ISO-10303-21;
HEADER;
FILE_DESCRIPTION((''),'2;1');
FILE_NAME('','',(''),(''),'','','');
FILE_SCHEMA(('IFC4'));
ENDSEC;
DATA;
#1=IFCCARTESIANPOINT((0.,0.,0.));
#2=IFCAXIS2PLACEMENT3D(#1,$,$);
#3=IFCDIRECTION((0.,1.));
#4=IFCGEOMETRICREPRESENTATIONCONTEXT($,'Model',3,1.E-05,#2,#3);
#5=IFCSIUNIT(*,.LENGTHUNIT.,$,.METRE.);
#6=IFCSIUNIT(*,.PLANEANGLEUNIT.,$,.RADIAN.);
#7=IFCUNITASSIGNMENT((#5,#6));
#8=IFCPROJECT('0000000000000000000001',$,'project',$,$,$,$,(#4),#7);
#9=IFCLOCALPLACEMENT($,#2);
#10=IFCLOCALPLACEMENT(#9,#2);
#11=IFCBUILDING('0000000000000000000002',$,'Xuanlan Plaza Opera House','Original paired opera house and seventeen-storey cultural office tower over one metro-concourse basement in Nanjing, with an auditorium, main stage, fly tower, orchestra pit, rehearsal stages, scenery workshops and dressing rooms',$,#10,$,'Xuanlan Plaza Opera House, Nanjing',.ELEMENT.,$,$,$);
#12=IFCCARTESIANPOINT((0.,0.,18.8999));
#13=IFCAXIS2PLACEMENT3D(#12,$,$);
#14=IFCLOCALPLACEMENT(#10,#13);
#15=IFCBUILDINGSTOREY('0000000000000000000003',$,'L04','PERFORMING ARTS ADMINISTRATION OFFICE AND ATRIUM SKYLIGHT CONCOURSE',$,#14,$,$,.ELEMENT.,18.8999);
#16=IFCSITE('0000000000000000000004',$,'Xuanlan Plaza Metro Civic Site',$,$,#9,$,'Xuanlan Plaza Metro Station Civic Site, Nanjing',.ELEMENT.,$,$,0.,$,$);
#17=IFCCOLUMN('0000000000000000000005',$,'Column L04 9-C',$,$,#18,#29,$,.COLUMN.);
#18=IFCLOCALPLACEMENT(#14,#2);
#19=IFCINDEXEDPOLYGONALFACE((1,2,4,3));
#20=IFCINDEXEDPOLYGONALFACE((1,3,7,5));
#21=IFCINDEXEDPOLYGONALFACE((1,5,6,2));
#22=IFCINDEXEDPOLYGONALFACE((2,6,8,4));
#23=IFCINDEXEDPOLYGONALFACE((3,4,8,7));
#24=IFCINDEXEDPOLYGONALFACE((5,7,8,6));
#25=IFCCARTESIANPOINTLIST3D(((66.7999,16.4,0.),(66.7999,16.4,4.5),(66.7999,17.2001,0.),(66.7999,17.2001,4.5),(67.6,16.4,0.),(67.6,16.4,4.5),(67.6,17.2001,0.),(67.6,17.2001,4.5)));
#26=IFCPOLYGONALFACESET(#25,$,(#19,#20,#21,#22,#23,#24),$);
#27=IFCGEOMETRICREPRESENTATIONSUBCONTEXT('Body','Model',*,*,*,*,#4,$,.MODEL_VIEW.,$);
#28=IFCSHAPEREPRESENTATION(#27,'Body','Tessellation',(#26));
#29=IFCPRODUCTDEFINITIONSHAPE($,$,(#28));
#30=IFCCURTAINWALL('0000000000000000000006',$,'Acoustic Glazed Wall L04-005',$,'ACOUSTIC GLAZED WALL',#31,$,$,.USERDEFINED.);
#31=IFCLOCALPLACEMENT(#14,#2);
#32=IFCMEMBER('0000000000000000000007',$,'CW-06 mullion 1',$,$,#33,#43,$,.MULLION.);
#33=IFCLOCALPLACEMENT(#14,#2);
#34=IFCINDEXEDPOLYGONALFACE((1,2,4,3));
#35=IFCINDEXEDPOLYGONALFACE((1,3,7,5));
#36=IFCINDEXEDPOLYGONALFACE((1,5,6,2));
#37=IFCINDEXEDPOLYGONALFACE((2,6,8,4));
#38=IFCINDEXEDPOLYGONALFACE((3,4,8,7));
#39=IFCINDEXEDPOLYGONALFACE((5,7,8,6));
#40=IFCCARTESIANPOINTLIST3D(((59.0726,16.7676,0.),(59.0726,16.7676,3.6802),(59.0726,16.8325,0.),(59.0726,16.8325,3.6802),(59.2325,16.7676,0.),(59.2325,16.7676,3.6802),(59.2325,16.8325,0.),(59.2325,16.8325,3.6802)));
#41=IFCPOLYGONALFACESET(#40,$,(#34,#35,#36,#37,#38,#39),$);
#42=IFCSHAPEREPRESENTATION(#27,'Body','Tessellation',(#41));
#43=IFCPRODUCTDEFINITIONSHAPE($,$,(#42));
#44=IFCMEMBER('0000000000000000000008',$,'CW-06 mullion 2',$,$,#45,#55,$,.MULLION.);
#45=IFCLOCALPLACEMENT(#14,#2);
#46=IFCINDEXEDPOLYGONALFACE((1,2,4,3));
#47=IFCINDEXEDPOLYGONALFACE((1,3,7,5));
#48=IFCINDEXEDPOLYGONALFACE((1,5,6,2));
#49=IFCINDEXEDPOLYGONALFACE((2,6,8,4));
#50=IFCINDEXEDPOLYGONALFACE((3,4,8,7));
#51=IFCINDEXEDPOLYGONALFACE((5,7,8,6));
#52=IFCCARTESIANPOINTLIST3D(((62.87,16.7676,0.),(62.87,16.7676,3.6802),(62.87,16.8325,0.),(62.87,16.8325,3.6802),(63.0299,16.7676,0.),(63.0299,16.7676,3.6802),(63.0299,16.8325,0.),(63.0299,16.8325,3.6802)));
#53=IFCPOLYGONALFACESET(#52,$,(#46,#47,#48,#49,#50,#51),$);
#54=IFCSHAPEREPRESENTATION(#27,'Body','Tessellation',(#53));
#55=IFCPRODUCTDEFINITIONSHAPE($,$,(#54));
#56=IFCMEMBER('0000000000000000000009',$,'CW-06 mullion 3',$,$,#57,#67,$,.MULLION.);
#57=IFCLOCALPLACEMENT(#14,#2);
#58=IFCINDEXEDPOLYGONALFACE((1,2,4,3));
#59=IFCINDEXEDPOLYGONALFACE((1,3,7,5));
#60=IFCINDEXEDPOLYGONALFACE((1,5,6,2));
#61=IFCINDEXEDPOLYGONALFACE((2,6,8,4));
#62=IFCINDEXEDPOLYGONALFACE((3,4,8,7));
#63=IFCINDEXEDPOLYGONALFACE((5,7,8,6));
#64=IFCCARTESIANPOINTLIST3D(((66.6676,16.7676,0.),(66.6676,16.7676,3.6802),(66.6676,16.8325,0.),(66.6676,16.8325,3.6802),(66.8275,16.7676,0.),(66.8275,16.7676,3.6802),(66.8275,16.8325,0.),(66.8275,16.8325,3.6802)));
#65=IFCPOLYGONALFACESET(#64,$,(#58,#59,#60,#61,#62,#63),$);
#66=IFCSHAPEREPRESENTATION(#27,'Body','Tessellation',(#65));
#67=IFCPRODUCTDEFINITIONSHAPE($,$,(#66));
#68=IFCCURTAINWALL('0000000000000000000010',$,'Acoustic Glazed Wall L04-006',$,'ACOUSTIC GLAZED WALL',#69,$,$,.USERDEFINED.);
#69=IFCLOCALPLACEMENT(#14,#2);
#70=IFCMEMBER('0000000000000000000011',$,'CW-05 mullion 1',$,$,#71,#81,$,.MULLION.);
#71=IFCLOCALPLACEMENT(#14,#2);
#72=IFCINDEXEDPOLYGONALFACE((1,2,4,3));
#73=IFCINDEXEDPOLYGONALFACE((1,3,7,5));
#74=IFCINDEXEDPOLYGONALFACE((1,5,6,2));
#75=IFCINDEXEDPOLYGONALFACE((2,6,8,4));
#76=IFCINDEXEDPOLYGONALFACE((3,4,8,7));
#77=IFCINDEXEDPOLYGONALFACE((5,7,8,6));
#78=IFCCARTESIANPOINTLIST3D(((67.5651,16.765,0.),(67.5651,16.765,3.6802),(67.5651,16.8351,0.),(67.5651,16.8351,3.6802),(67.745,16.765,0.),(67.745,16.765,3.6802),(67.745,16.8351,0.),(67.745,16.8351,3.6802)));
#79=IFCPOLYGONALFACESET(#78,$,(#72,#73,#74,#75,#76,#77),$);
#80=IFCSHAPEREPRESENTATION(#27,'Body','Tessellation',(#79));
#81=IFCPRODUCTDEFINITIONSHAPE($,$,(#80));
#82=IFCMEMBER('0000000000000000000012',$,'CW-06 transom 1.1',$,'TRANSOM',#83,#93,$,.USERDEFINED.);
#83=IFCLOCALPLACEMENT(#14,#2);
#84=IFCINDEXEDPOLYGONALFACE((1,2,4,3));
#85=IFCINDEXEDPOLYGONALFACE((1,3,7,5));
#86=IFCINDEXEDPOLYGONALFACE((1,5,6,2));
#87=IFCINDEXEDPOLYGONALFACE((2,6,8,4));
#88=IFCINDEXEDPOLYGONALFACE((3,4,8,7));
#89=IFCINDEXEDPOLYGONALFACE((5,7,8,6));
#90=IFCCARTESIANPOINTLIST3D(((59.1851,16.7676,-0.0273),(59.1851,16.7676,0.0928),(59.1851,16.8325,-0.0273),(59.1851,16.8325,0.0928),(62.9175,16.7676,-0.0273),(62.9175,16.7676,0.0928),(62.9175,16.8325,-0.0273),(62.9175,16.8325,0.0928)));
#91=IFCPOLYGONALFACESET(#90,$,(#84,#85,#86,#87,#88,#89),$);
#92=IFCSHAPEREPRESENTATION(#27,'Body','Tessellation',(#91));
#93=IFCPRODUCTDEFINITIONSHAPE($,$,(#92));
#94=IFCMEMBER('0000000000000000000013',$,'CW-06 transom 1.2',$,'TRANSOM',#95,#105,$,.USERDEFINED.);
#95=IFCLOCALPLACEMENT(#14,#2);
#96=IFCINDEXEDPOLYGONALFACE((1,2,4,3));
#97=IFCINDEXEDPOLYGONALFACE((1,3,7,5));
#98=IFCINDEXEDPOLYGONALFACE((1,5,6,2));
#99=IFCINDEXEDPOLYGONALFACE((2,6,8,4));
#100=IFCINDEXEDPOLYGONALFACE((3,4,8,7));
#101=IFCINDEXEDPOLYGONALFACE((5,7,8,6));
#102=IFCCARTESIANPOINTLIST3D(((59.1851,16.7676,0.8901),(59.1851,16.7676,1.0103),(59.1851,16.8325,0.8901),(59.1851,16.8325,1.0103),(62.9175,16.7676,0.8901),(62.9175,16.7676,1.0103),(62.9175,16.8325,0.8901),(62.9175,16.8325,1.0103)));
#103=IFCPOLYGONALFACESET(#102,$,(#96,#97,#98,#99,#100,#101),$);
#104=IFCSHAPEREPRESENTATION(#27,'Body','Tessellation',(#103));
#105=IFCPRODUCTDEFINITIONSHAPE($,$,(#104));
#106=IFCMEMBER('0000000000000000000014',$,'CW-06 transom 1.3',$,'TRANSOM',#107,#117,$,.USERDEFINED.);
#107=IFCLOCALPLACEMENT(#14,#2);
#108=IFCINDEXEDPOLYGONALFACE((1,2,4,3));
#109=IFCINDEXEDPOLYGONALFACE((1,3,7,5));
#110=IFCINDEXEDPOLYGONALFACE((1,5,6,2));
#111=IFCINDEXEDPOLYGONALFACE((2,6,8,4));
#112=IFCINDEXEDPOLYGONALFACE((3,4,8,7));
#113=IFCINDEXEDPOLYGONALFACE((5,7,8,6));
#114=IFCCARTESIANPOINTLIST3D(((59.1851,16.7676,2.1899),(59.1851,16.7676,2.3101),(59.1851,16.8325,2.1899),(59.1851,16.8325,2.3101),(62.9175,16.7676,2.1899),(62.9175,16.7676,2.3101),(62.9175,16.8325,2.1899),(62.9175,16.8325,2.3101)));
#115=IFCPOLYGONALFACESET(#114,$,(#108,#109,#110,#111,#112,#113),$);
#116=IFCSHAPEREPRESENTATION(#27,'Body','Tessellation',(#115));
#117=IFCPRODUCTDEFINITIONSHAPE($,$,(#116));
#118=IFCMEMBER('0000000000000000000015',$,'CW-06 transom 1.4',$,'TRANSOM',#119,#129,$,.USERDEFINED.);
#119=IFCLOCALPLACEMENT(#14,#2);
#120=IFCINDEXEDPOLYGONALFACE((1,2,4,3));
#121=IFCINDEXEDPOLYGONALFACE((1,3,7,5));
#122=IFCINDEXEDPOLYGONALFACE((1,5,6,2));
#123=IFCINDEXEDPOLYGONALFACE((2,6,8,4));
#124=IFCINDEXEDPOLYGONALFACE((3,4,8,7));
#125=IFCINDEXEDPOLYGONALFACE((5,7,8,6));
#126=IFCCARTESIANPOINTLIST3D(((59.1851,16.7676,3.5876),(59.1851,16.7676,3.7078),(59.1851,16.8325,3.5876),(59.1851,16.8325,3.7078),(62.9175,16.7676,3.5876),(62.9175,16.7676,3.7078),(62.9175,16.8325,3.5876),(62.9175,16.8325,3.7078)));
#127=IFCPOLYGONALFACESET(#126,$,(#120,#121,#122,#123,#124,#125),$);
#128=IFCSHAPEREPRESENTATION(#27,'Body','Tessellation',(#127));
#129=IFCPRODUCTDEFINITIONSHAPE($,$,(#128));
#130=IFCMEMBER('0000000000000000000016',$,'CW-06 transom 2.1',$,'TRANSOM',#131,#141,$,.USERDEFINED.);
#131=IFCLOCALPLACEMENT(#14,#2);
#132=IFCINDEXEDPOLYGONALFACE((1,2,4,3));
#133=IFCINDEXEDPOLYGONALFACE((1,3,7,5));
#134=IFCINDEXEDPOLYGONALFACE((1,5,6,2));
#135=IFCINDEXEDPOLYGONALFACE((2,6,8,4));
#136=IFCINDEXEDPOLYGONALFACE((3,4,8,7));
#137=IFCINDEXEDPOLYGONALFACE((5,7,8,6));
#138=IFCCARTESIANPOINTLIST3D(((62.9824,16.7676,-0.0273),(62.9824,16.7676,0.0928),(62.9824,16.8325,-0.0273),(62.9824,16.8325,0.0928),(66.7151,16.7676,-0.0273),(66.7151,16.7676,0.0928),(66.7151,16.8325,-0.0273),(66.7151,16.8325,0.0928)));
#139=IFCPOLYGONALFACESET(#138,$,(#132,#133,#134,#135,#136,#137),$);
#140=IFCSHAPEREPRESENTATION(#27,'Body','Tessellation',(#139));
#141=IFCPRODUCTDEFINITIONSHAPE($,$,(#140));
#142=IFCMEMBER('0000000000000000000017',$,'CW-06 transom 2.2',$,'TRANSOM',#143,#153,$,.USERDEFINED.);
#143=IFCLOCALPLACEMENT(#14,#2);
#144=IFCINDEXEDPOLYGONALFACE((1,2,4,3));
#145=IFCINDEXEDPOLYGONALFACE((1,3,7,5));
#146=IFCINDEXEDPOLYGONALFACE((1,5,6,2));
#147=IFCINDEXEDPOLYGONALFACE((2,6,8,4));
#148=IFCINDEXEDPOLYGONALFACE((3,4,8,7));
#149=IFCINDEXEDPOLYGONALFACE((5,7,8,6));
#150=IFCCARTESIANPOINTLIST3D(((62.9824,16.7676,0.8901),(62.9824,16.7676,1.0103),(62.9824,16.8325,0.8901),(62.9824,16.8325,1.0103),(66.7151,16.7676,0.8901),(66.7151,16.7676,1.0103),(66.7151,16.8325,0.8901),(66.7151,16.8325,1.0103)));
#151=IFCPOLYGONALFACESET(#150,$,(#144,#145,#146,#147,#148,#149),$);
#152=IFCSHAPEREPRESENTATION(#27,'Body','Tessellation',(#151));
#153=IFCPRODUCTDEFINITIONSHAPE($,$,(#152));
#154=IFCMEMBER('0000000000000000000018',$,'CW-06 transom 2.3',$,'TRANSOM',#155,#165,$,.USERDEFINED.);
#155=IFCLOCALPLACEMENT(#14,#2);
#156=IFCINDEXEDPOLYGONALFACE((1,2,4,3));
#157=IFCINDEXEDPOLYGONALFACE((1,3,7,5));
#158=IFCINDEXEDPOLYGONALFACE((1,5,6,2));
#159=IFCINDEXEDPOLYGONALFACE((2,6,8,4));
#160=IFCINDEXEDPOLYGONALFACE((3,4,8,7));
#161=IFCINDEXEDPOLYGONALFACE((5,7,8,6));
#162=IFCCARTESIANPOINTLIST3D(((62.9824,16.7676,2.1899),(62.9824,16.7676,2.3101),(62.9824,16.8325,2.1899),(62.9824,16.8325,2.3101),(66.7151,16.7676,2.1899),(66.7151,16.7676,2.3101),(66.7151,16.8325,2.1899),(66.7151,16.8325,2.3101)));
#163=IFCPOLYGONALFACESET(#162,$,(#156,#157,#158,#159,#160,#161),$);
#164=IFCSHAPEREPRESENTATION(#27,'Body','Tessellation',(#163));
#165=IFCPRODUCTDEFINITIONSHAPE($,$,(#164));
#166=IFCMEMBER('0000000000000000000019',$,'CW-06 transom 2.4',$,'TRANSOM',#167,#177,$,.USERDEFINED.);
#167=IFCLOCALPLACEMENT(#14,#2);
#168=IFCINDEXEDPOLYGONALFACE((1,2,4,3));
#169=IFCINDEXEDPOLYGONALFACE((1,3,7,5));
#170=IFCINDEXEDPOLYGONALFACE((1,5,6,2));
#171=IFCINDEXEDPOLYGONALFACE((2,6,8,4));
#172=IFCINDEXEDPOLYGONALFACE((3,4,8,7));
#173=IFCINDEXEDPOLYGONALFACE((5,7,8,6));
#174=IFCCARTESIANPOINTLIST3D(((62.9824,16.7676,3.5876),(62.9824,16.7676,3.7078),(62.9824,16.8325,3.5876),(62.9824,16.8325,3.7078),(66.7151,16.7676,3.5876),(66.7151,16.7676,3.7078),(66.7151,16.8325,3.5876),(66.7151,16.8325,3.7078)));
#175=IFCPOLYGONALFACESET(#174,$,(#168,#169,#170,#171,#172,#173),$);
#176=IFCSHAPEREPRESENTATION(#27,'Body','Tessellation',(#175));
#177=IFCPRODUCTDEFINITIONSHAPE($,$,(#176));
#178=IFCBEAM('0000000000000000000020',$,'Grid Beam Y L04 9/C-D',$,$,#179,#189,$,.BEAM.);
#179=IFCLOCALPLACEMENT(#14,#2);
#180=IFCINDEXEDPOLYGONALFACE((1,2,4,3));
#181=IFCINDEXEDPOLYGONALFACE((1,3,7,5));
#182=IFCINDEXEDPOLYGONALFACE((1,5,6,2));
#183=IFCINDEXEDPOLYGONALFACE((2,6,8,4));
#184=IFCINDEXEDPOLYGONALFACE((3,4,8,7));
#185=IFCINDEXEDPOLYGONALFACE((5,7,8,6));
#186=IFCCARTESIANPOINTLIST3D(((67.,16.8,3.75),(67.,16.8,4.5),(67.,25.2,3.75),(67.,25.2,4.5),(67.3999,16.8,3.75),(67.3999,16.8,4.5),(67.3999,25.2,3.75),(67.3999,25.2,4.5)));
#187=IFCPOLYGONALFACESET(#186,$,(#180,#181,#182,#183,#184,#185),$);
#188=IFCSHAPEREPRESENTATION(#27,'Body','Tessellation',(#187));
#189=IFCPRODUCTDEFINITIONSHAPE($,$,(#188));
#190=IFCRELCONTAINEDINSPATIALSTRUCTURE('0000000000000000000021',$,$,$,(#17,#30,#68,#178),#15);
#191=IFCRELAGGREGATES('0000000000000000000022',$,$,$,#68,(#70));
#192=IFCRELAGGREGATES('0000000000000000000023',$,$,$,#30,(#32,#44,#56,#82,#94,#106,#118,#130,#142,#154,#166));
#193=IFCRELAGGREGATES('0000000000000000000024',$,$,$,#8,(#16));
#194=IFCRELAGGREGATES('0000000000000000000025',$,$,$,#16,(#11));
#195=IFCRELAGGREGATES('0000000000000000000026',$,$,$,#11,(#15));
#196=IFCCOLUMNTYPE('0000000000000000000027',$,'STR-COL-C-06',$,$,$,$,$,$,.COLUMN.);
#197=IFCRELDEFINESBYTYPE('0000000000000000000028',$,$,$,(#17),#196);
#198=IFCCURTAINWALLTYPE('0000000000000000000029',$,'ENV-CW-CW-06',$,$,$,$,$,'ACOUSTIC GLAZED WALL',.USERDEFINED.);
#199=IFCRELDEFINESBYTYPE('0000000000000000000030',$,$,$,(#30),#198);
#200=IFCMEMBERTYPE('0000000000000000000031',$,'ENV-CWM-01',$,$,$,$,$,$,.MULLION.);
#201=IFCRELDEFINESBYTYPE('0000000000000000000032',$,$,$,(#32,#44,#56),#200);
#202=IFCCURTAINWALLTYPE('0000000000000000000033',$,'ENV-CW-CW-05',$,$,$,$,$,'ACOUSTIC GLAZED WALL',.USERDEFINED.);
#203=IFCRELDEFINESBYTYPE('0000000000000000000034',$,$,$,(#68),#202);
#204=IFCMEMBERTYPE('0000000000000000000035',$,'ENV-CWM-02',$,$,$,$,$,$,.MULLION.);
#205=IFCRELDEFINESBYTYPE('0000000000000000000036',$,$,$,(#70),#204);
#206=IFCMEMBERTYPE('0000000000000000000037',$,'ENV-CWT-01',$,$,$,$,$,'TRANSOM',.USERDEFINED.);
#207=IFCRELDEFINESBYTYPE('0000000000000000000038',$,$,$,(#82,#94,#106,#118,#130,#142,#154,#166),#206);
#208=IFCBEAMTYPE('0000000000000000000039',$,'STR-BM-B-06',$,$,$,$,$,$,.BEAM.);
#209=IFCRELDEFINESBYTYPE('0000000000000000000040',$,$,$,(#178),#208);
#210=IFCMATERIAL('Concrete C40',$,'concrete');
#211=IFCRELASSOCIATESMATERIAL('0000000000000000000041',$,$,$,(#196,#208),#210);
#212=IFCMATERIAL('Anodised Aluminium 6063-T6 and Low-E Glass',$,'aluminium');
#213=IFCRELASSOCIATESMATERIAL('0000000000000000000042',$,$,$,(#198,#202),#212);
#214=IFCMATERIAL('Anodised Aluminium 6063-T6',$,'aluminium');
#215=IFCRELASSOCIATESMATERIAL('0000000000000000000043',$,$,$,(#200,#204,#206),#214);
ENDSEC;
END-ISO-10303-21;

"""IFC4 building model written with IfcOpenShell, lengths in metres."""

from ifc_helpers import new_model, si_unit, direction, frame, origin, origin_2d, place, context, subcontext, project, spatial, rectangle, extrude, material, material_profile, profile_set, type_object, element, aggregate, save


model = new_model("IFC4")

# Units and contexts
model_context = context("Model", 3, precision=1e-05, world=origin(), true_north=direction((0.0, 1.0)))
body_context = subcontext(model_context, "Body", "Model", "MODEL_VIEW")
ifc_project = project(units=[si_unit("LENGTHUNIT", "METRE"), si_unit("PLANEANGLEUNIT", "RADIAN")], contexts=[model_context])

# Site, building, storey
site_placement = place(None, origin())
site = spatial("IfcSite", under=ifc_project, at=site_placement, Name="Xuanlan Plaza Metro Civic Site", LongName="Xuanlan Plaza Metro Station Civic Site, Nanjing", CompositionType="ELEMENT", RefElevation=0.0)
building_placement = place(site_placement, origin())
building = spatial("IfcBuilding", under=site, at=building_placement, Name="Xuanlan Plaza Opera House", Description="Original paired opera house and seventeen-storey cultural office tower over one metro-concourse basement in Nanjing, with an auditorium, main stage, fly tower, orchestra pit, rehearsal stages, scenery workshops and dressing rooms", LongName="Xuanlan Plaza Opera House, Nanjing", CompositionType="ELEMENT")
storey_placement = place(building_placement, frame((0.0, 0.0, 18.8999)))
storey = spatial("IfcBuildingStorey", under=building, at=storey_placement, Name="L04", Description="PERFORMING ARTS ADMINISTRATION OFFICE AND ATRIUM SKYLIGHT CONCOURSE", CompositionType="ELEMENT", Elevation=18.8999)

# Column
ifc_material_1 = material(Name="Concrete C40", Category="concrete")
ifc_material_profile_1 = material_profile(ifc_material_1, rectangle(XDim=0.8, YDim=0.8, at=origin_2d()), Name="RC-COL 800x800")
ifc_profile_set_1 = profile_set([ifc_material_profile_1], Name="Concrete C40")
column_type = type_object("IfcColumnType", Name="STR-COL-C-06", PredefinedType="COLUMN", material=ifc_profile_set_1)
column_placement = place(storey_placement, frame((67.2, 16.8, 0.0), z_axis=(0.0, 0.0, 1.0), x_axis=(1.0, 0.0, 0.0)))
element("IfcColumn", 1, at=column_placement, inside=storey, type_object=column_type, Name="Column L04 9-C", PredefinedType="COLUMN", context=body_context, shape_type="SweptSolid", body=[
    extrude(rectangle(XDim=0.8, YDim=0.8, at=origin_2d()), origin(), (0.0, 0.0, 1.0), 4.5),
])

# Curtain wall, members
ifc_material_2 = material(Name="Anodised Aluminium 6063-T6 and Low-E Glass", Category="aluminium")
curtain_wall_type_1 = type_object("IfcCurtainWallType", Name="ENV-CW-CW-06", ElementType="ACOUSTIC GLAZED WALL", PredefinedType="USERDEFINED", material=ifc_material_2)
curtain_wall_1_placement = place(storey_placement, origin())
curtain_wall_1 = element("IfcCurtainWall", 2, at=curtain_wall_1_placement, inside=storey, type_object=curtain_wall_type_1, Name="Acoustic Glazed Wall L04-005", ObjectType="ACOUSTIC GLAZED WALL", PredefinedType="USERDEFINED")
ifc_material_3 = material(Name="Anodised Aluminium 6063-T6", Category="aluminium")
ifc_material_profile_2 = material_profile(ifc_material_3, rectangle(XDim=0.0649, YDim=0.1599, at=origin_2d()), Name="ALU-M 65x160")
ifc_profile_set_2 = profile_set([ifc_material_profile_2], Name="Anodised Aluminium 6063-T6")
member_type_1 = type_object("IfcMemberType", Name="ENV-CWM-01", PredefinedType="MULLION", material=ifc_profile_set_2)
member_1_placement = place(storey_placement, frame((59.1526, 16.8, 0.0), z_axis=(0.0, 0.0, 1.0), x_axis=(0.0, 1.0, 0.0)))
member_1 = element("IfcMember", 3, at=member_1_placement, type_object=member_type_1, Name="CW-06 mullion 1", PredefinedType="MULLION", context=body_context, shape_type="SweptSolid", body=[
    extrude(rectangle(XDim=0.0649, YDim=0.1599, at=origin_2d()), origin(), (0.0, 0.0, 1.0), 3.6802),
])
member_2_placement = place(storey_placement, frame((62.95, 16.8, 0.0), z_axis=(0.0, 0.0, 1.0), x_axis=(0.0, 1.0, 0.0)))
member_2 = element("IfcMember", 4, at=member_2_placement, type_object=member_type_1, Name="CW-06 mullion 2", PredefinedType="MULLION", context=body_context, shape_type="SweptSolid", body=[
    extrude(rectangle(XDim=0.0649, YDim=0.1599, at=origin_2d()), origin(), (0.0, 0.0, 1.0), 3.6802),
])
member_3_placement = place(storey_placement, frame((66.7476, 16.8, 0.0), z_axis=(0.0, 0.0, 1.0), x_axis=(0.0, 1.0, 0.0)))
member_3 = element("IfcMember", 5, at=member_3_placement, type_object=member_type_1, Name="CW-06 mullion 3", PredefinedType="MULLION", context=body_context, shape_type="SweptSolid", body=[
    extrude(rectangle(XDim=0.0649, YDim=0.1599, at=origin_2d()), origin(), (0.0, 0.0, 1.0), 3.6802),
])

# Curtain wall, member
curtain_wall_type_2 = type_object("IfcCurtainWallType", Name="ENV-CW-CW-05", ElementType="ACOUSTIC GLAZED WALL", PredefinedType="USERDEFINED", material=ifc_material_2)
curtain_wall_2_placement = place(storey_placement, origin())
curtain_wall_2 = element("IfcCurtainWall", 6, at=curtain_wall_2_placement, inside=storey, type_object=curtain_wall_type_2, Name="Acoustic Glazed Wall L04-006", ObjectType="ACOUSTIC GLAZED WALL", PredefinedType="USERDEFINED")
ifc_material_profile_3 = material_profile(ifc_material_3, rectangle(XDim=0.0701, YDim=0.1799, at=origin_2d()), Name="ALU-M 70x180")
ifc_profile_set_3 = profile_set([ifc_material_profile_3], Name="Anodised Aluminium 6063-T6")
member_type_2 = type_object("IfcMemberType", Name="ENV-CWM-02", PredefinedType="MULLION", material=ifc_profile_set_3)
member_4_placement = place(storey_placement, frame((67.655, 16.8, 0.0), z_axis=(0.0, 0.0, 1.0), x_axis=(0.0, 1.0, 0.0)))
member_4 = element("IfcMember", 7, at=member_4_placement, type_object=member_type_2, Name="CW-05 mullion 1", PredefinedType="MULLION", context=body_context, shape_type="SweptSolid", body=[
    extrude(rectangle(XDim=0.0701, YDim=0.1799, at=origin_2d()), origin(), (0.0, 0.0, 1.0), 3.6802),
])
aggregate(curtain_wall_2, [member_4])

# Members
ifc_material_profile_4 = material_profile(ifc_material_3, rectangle(XDim=0.0649, YDim=0.1201, at=origin_2d()), Name="ALU-T 65x120")
ifc_profile_set_4 = profile_set([ifc_material_profile_4], Name="Anodised Aluminium 6063-T6")
member_type_3 = type_object("IfcMemberType", Name="ENV-CWT-01", ElementType="TRANSOM", PredefinedType="USERDEFINED", material=ifc_profile_set_4)
member_5_placement = place(storey_placement, frame((59.1851, 16.8, 0.0327), z_axis=(1.0, 0.0, 0.0), x_axis=(0.0, 1.0, 0.0)))
member_5 = element("IfcMember", 8, at=member_5_placement, type_object=member_type_3, Name="CW-06 transom 1.1", ObjectType="TRANSOM", PredefinedType="USERDEFINED", context=body_context, shape_type="SweptSolid", body=[
    extrude(rectangle(XDim=0.0649, YDim=0.1201, at=origin_2d()), origin(), (0.0, 0.0, 1.0), 3.7324),
])
member_6_placement = place(storey_placement, frame((59.1851, 16.8, 0.9502), z_axis=(1.0, 0.0, 0.0), x_axis=(0.0, 1.0, 0.0)))
member_6 = element("IfcMember", 9, at=member_6_placement, type_object=member_type_3, Name="CW-06 transom 1.2", ObjectType="TRANSOM", PredefinedType="USERDEFINED", context=body_context, shape_type="SweptSolid", body=[
    extrude(rectangle(XDim=0.0649, YDim=0.1201, at=origin_2d()), origin(), (0.0, 0.0, 1.0), 3.7324),
])
member_7_placement = place(storey_placement, frame((59.1851, 16.8, 2.25), z_axis=(1.0, 0.0, 0.0), x_axis=(0.0, 1.0, 0.0)))
member_7 = element("IfcMember", 10, at=member_7_placement, type_object=member_type_3, Name="CW-06 transom 1.3", ObjectType="TRANSOM", PredefinedType="USERDEFINED", context=body_context, shape_type="SweptSolid", body=[
    extrude(rectangle(XDim=0.0649, YDim=0.1201, at=origin_2d()), origin(), (0.0, 0.0, 1.0), 3.7324),
])
member_8_placement = place(storey_placement, frame((59.1851, 16.8, 3.6477), z_axis=(1.0, 0.0, 0.0), x_axis=(0.0, 1.0, 0.0)))
member_8 = element("IfcMember", 11, at=member_8_placement, type_object=member_type_3, Name="CW-06 transom 1.4", ObjectType="TRANSOM", PredefinedType="USERDEFINED", context=body_context, shape_type="SweptSolid", body=[
    extrude(rectangle(XDim=0.0649, YDim=0.1201, at=origin_2d()), origin(), (0.0, 0.0, 1.0), 3.7324),
])
member_9_placement = place(storey_placement, frame((62.9824, 16.8, 0.0327), z_axis=(1.0, 0.0, 0.0), x_axis=(0.0, 1.0, 0.0)))
member_9 = element("IfcMember", 12, at=member_9_placement, type_object=member_type_3, Name="CW-06 transom 2.1", ObjectType="TRANSOM", PredefinedType="USERDEFINED", context=body_context, shape_type="SweptSolid", body=[
    extrude(rectangle(XDim=0.0649, YDim=0.1201, at=origin_2d()), origin(), (0.0, 0.0, 1.0), 3.7327),
])
member_10_placement = place(storey_placement, frame((62.9824, 16.8, 0.9502), z_axis=(1.0, 0.0, 0.0), x_axis=(0.0, 1.0, 0.0)))
member_10 = element("IfcMember", 13, at=member_10_placement, type_object=member_type_3, Name="CW-06 transom 2.2", ObjectType="TRANSOM", PredefinedType="USERDEFINED", context=body_context, shape_type="SweptSolid", body=[
    extrude(rectangle(XDim=0.0649, YDim=0.1201, at=origin_2d()), origin(), (0.0, 0.0, 1.0), 3.7327),
])
member_11_placement = place(storey_placement, frame((62.9824, 16.8, 2.25), z_axis=(1.0, 0.0, 0.0), x_axis=(0.0, 1.0, 0.0)))
member_11 = element("IfcMember", 14, at=member_11_placement, type_object=member_type_3, Name="CW-06 transom 2.3", ObjectType="TRANSOM", PredefinedType="USERDEFINED", context=body_context, shape_type="SweptSolid", body=[
    extrude(rectangle(XDim=0.0649, YDim=0.1201, at=origin_2d()), origin(), (0.0, 0.0, 1.0), 3.7327),
])
member_12_placement = place(storey_placement, frame((62.9824, 16.8, 3.6477), z_axis=(1.0, 0.0, 0.0), x_axis=(0.0, 1.0, 0.0)))
member_12 = element("IfcMember", 15, at=member_12_placement, type_object=member_type_3, Name="CW-06 transom 2.4", ObjectType="TRANSOM", PredefinedType="USERDEFINED", context=body_context, shape_type="SweptSolid", body=[
    extrude(rectangle(XDim=0.0649, YDim=0.1201, at=origin_2d()), origin(), (0.0, 0.0, 1.0), 3.7327),
])

# Beam
ifc_material_profile_5 = material_profile(ifc_material_1, rectangle(XDim=0.3999, YDim=0.75, at=origin_2d()), Name="RC-BM 400x750")
ifc_profile_set_5 = profile_set([ifc_material_profile_5], Name="Concrete C40")
beam_type_1 = type_object("IfcBeamType", Name="STR-BM-B-06", PredefinedType="BEAM", material=ifc_profile_set_5)
beam_1_placement = place(storey_placement, frame((67.2, 16.8, 4.125), z_axis=(0.0, 1.0, 0.0), x_axis=(-1.0, 0.0, 0.0)))
element("IfcBeam", 16, at=beam_1_placement, inside=storey, type_object=beam_type_1, Name="Grid Beam Y L04 9/C-D", PredefinedType="BEAM", context=body_context, shape_type="SweptSolid", body=[
    extrude(rectangle(XDim=0.3999, YDim=0.75, at=origin_2d()), origin(), (0.0, 0.0, 1.0), 8.3999),
])

aggregate(curtain_wall_1, [member_1, member_2, member_3, member_5, member_6, member_7, member_8, member_9, member_10, member_11, member_12])

save(model, "model.ifc")
